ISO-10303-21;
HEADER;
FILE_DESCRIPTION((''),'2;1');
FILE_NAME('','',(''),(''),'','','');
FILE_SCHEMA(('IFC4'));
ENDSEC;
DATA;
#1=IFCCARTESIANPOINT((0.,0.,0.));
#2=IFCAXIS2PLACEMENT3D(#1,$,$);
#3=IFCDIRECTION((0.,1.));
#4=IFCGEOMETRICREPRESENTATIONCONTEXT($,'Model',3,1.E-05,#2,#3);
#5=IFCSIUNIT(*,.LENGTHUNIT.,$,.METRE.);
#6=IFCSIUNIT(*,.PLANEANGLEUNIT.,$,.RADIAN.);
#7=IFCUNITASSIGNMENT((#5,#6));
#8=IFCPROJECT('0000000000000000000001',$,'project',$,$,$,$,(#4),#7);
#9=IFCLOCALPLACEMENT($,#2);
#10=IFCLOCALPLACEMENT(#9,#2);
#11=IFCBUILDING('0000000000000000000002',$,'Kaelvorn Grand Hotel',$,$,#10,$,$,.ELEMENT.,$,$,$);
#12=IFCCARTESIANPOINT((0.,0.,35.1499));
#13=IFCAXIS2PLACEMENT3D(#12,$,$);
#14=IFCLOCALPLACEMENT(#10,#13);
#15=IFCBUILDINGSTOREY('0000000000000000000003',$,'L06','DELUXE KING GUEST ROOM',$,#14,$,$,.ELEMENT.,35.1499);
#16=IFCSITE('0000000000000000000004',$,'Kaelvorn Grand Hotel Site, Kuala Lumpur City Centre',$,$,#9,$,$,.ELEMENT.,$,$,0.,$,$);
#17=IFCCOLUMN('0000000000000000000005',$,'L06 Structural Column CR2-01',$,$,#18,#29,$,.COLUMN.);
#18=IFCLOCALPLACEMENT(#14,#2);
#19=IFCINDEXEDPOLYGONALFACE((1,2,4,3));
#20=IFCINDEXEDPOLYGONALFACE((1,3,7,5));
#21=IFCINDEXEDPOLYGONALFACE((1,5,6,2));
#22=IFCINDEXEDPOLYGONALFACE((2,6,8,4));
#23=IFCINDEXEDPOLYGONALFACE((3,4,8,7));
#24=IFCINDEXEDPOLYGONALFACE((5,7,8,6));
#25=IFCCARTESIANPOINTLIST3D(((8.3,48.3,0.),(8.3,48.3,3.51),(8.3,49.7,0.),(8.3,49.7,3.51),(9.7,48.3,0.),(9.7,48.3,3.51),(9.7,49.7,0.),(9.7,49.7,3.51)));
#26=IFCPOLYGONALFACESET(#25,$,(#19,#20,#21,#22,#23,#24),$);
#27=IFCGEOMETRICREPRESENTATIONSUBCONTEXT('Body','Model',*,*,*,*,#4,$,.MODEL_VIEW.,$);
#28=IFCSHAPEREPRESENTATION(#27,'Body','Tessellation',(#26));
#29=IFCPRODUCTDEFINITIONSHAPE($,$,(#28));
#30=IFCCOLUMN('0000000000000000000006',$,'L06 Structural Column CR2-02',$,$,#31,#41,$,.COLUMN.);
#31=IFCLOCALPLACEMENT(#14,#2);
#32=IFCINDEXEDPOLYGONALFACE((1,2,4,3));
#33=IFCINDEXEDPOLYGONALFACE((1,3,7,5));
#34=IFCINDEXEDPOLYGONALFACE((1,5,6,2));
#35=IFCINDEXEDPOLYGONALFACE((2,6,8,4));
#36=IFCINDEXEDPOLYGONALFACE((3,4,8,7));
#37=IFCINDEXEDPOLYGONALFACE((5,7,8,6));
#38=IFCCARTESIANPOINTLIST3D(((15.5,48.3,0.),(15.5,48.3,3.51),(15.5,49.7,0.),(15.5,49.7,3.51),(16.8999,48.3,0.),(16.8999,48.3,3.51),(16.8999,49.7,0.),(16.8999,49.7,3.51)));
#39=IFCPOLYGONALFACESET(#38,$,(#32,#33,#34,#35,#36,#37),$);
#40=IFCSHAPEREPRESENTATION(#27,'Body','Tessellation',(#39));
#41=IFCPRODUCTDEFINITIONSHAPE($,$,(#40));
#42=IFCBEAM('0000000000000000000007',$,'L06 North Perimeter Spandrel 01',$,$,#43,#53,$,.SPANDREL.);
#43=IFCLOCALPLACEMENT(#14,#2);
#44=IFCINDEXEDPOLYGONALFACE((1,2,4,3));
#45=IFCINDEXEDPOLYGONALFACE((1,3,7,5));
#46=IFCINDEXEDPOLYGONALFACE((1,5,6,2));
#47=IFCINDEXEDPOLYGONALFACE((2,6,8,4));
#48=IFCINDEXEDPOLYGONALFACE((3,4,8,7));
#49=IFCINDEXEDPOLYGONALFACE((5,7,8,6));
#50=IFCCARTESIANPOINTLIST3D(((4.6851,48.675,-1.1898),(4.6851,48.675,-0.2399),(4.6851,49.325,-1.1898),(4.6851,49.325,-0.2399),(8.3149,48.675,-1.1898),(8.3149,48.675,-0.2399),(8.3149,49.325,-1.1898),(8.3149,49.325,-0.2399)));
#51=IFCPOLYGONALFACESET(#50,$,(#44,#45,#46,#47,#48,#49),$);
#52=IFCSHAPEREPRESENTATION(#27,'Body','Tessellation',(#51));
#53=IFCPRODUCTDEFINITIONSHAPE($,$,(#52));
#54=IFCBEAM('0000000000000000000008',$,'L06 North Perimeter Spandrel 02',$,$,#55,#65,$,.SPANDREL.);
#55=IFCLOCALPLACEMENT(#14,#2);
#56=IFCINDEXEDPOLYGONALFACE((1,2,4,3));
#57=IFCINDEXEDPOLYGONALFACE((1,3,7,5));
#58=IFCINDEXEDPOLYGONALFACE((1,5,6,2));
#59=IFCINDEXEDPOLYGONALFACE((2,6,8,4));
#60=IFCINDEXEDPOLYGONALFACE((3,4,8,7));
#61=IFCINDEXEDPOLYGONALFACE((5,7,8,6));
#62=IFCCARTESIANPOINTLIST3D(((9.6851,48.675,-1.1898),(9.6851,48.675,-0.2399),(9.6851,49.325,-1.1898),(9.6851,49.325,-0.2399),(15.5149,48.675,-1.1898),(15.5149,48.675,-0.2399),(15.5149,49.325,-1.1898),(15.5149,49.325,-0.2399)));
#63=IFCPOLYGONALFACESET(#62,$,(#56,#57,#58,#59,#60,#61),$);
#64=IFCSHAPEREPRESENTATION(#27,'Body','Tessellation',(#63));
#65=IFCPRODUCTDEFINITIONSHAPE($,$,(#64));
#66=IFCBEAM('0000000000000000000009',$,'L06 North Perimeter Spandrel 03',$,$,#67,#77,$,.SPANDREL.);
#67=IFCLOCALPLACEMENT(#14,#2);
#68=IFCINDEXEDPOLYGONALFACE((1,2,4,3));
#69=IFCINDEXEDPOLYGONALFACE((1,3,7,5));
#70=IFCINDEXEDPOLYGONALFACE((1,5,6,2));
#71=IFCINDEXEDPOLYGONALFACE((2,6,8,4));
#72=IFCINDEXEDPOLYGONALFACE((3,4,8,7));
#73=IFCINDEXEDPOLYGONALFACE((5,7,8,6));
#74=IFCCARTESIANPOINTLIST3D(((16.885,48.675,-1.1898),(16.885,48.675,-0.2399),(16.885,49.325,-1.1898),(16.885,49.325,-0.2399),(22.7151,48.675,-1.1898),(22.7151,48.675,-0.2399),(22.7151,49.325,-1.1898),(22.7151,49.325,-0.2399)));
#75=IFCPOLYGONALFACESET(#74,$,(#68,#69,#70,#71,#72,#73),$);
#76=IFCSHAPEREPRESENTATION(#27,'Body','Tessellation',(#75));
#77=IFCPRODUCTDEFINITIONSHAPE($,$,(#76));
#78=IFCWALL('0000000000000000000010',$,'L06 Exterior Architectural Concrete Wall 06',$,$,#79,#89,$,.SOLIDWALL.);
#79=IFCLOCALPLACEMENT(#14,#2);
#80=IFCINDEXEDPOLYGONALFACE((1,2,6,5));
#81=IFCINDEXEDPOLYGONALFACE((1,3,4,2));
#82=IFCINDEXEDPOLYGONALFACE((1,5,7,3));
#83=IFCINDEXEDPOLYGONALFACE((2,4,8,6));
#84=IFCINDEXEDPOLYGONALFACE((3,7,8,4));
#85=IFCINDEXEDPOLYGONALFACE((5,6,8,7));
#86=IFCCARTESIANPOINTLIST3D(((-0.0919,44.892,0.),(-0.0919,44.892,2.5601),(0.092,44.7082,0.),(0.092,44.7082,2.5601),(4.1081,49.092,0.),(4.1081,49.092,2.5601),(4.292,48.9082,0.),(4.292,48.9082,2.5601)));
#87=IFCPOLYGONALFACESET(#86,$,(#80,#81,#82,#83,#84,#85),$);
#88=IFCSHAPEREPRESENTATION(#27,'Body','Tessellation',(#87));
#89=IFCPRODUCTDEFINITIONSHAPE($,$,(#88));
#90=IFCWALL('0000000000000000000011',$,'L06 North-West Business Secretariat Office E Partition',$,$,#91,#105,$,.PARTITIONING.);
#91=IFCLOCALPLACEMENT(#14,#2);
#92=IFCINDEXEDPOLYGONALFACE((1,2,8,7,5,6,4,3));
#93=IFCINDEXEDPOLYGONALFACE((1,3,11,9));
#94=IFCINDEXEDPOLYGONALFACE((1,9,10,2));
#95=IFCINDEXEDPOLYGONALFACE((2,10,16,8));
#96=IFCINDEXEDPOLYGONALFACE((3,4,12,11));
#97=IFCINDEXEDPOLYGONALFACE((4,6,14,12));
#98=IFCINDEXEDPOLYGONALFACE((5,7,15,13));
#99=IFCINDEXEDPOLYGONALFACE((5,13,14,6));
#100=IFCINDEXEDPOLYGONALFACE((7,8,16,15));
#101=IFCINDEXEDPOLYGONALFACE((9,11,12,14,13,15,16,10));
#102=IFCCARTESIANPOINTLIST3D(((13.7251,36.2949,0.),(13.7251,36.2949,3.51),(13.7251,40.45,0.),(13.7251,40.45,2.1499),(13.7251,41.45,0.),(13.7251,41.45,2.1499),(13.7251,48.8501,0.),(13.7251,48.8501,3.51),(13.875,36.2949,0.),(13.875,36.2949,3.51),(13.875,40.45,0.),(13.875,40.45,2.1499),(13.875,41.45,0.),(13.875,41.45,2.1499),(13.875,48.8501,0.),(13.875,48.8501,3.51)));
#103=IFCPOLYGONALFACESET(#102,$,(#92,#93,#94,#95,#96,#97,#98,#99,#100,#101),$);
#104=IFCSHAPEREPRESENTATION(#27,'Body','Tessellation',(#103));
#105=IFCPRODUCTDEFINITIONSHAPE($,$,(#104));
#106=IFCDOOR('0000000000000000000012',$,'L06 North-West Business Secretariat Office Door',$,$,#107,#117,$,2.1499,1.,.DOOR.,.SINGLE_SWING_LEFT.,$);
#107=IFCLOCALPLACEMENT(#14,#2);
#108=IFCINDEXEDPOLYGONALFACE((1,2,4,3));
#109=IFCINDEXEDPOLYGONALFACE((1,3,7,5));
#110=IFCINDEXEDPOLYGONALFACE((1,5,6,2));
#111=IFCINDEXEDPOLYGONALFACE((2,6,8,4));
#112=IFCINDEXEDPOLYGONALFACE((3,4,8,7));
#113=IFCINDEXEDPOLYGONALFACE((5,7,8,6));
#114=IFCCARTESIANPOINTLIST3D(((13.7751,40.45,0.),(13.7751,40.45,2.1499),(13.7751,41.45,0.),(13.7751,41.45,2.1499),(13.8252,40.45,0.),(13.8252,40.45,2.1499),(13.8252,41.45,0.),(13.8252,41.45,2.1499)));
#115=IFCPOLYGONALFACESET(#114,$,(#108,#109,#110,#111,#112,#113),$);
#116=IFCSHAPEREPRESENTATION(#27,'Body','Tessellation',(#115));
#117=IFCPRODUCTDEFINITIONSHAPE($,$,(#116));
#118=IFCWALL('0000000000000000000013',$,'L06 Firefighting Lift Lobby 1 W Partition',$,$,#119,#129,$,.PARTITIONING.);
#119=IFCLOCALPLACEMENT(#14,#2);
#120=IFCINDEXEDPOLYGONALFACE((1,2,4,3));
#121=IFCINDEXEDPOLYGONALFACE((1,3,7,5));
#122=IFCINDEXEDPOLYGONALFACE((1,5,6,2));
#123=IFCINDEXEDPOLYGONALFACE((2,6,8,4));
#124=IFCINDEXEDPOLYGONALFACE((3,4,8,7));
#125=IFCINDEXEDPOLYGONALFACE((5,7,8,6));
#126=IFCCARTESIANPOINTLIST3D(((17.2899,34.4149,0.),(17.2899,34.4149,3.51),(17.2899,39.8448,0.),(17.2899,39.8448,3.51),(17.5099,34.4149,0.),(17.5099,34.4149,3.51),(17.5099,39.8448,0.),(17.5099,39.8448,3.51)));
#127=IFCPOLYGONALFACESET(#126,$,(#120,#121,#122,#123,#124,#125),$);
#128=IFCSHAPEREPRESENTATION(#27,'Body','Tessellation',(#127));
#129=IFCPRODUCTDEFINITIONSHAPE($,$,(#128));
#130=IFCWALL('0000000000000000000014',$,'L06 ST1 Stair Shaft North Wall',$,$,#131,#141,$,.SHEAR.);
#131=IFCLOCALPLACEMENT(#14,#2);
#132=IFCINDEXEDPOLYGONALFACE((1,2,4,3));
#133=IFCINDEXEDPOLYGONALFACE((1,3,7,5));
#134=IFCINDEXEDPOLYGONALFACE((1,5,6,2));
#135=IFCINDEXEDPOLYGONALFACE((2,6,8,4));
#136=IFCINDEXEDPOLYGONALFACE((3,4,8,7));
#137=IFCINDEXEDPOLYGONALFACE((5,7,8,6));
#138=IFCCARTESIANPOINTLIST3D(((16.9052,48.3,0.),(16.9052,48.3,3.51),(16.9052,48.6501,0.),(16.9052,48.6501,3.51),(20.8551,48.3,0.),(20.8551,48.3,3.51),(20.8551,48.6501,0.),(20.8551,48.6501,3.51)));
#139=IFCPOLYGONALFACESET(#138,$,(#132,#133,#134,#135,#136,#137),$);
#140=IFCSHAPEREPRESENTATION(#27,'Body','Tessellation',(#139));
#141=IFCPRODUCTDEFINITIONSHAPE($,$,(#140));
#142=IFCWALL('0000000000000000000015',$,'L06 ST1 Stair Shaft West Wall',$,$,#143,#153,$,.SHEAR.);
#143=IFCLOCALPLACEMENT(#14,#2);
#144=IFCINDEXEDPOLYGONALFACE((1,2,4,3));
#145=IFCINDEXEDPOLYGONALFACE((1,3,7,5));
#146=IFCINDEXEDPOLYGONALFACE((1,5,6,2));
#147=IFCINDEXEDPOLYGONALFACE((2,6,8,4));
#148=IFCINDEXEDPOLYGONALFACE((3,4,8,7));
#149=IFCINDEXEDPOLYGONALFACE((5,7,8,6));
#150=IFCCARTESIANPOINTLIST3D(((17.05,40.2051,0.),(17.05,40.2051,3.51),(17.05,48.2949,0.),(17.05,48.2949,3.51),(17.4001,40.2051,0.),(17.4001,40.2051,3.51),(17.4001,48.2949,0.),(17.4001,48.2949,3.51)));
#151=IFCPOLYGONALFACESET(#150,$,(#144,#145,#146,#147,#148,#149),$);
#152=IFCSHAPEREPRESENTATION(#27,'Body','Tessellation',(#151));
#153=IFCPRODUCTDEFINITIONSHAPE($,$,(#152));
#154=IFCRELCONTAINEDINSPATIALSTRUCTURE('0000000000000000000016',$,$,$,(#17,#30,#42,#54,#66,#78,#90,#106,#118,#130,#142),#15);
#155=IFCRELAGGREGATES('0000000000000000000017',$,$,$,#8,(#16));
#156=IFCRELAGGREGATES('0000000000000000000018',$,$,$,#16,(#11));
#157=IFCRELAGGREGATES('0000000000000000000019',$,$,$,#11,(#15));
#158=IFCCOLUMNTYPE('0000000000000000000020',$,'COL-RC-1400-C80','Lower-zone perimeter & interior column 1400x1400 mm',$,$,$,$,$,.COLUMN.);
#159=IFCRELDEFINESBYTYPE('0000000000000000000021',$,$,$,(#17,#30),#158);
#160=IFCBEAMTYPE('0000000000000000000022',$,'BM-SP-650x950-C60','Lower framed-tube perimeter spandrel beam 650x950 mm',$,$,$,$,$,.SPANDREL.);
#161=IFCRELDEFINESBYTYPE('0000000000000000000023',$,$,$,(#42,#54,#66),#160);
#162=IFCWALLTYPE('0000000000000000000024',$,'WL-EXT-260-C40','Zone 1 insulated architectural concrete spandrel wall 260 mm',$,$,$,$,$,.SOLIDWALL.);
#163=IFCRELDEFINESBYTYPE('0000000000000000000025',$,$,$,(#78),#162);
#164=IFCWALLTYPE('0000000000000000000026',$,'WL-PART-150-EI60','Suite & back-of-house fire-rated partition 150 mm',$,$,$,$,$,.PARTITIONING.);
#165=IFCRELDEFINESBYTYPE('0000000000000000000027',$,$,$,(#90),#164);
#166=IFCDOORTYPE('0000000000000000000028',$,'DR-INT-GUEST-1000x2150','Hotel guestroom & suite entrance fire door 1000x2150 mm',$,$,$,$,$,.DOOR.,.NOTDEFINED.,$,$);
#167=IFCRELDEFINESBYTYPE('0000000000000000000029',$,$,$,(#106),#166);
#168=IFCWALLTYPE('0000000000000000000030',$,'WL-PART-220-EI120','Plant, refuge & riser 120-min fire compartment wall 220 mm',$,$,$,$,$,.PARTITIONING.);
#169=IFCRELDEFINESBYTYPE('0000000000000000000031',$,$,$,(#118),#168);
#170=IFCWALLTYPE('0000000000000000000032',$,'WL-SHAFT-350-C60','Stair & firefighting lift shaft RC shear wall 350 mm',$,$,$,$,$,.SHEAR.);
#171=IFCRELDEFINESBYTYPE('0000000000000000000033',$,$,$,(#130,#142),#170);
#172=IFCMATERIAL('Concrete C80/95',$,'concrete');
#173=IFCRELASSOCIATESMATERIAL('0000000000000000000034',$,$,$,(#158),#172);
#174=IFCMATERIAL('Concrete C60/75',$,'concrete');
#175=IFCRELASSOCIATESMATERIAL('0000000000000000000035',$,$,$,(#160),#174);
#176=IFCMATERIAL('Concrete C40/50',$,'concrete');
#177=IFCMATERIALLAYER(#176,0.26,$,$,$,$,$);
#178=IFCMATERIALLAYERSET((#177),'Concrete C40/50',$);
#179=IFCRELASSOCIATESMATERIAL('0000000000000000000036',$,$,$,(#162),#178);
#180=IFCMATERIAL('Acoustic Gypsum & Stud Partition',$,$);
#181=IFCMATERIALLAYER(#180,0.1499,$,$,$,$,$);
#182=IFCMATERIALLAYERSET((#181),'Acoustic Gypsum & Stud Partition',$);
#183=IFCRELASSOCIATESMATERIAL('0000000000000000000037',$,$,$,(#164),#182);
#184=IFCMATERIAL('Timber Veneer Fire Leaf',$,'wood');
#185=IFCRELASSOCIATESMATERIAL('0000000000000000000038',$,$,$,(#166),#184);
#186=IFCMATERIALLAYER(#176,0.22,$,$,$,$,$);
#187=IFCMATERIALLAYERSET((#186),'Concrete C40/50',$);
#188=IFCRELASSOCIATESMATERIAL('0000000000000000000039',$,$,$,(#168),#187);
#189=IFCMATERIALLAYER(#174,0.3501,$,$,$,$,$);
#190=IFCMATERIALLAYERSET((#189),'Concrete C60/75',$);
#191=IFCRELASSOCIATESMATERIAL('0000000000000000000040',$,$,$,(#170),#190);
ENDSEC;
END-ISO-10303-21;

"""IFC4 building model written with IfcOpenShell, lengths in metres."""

from ifc_helpers import new_model, si_unit, direction, frame, frame_2d, origin, origin_2d, place, context, subcontext, project, spatial, rectangle, extrude, material, layer, layer_set, material_profile, profile_set, type_object, element, fill, save


model = new_model("IFC4")

# Units and contexts
model_context = context("Model", 3, precision=1e-05, world=origin(), true_north=direction((0.0, 1.0)))
body_context = subcontext(model_context, "Body", "Model", "MODEL_VIEW")
ifc_project = project(units=[si_unit("LENGTHUNIT", "METRE"), si_unit("PLANEANGLEUNIT", "RADIAN")], contexts=[model_context])

# Site, building, storey
site_placement = place(None, origin())
site = spatial("IfcSite", under=ifc_project, at=site_placement, Name="Kaelvorn Grand Hotel Site, Kuala Lumpur City Centre", CompositionType="ELEMENT", RefElevation=0.0)
building_placement = place(site_placement, origin())
building = spatial("IfcBuilding", under=site, at=building_placement, Name="Kaelvorn Grand Hotel", CompositionType="ELEMENT")
storey_placement = place(building_placement, frame((0.0, 0.0, 35.1499)))
storey = spatial("IfcBuildingStorey", under=building, at=storey_placement, Name="L06", Description="DELUXE KING GUEST ROOM", CompositionType="ELEMENT", Elevation=35.1499)

# Columns
ifc_material_1 = material(Name="Concrete C80/95", Category="concrete")
ifc_material_profile_1 = material_profile(ifc_material_1, rectangle(XDim=1.3999, YDim=1.3999, at=origin_2d()), Name="RC COL 1400x1400")
ifc_profile_set_1 = profile_set([ifc_material_profile_1], Name="Concrete C80/95")
column_type = type_object("IfcColumnType", Name="COL-RC-1400-C80", Description="Lower-zone perimeter & interior column 1400x1400 mm", PredefinedType="COLUMN", material=ifc_profile_set_1)
for number, where, z_axis, x_axis, name in (
    (1, (9.0, 49.0, 0.0), (0.0, 0.0, 1.0), (1.0, 0.0, 0.0), "L06 Structural Column CR2-01"),
    (2, (16.2, 49.0, 0.0), (0.0, 0.0, 1.0), (1.0, 0.0, 0.0), "L06 Structural Column CR2-02"),
):
    element("IfcColumn", number, at=place(storey_placement, frame(where, z_axis=z_axis, x_axis=x_axis)), inside=storey, type_object=column_type, Name=name, PredefinedType="COLUMN", context=body_context, shape_type="SweptSolid", body=[
        extrude(rectangle(XDim=1.3999, YDim=1.3999, at=origin_2d()), origin(), (0.0, 0.0, 1.0), 3.51),
    ])

# Beams
ifc_material_2 = material(Name="Concrete C60/75", Category="concrete")
ifc_material_profile_2 = material_profile(ifc_material_2, rectangle(XDim=0.6499, YDim=0.95, at=origin_2d()), Name="RC SPANDREL 650x950")
ifc_profile_set_2 = profile_set([ifc_material_profile_2], Name="Concrete C60/75")
beam_type = type_object("IfcBeamType", Name="BM-SP-650x950-C60", Description="Lower framed-tube perimeter spandrel beam 650x950 mm", PredefinedType="SPANDREL", material=ifc_profile_set_2)
beam_1_placement = place(storey_placement, frame((4.6851, 49.0, -0.7148), z_axis=(1.0, 0.0, 0.0), x_axis=(0.0, 1.0, 0.0)))
element("IfcBeam", 3, at=beam_1_placement, inside=storey, type_object=beam_type, Name="L06 North Perimeter Spandrel 01", PredefinedType="SPANDREL", context=body_context, shape_type="SweptSolid", body=[
    extrude(rectangle(XDim=0.6499, YDim=0.95, at=origin_2d()), origin(), (0.0, 0.0, 1.0), 3.6299),
])
beam_2_placement = place(storey_placement, frame((9.6851, 49.0, -0.7148), z_axis=(1.0, 0.0, 0.0), x_axis=(0.0, 1.0, 0.0)))
element("IfcBeam", 4, at=beam_2_placement, inside=storey, type_object=beam_type, Name="L06 North Perimeter Spandrel 02", PredefinedType="SPANDREL", context=body_context, shape_type="SweptSolid", body=[
    extrude(rectangle(XDim=0.6499, YDim=0.95, at=origin_2d()), origin(), (0.0, 0.0, 1.0), 5.8298),
])
beam_3_placement = place(storey_placement, frame((16.885, 49.0, -0.7148), z_axis=(1.0, 0.0, 0.0), x_axis=(0.0, 1.0, 0.0)))
element("IfcBeam", 5, at=beam_3_placement, inside=storey, type_object=beam_type, Name="L06 North Perimeter Spandrel 03", PredefinedType="SPANDREL", context=body_context, shape_type="SweptSolid", body=[
    extrude(rectangle(XDim=0.6499, YDim=0.95, at=origin_2d()), origin(), (0.0, 0.0, 1.0), 5.8301),
])

# Wall
ifc_material_3 = material(Name="Concrete C40/50", Category="concrete")
ifc_layer_1 = layer(ifc_material_3, 0.26)
ifc_layer_set_1 = layer_set([ifc_layer_1], Name="Concrete C40/50")
wall_type_1 = type_object("IfcWallType", Name="WL-EXT-260-C40", Description="Zone 1 insulated architectural concrete spandrel wall 260 mm", PredefinedType="SOLIDWALL", material=ifc_layer_set_1)
wall_1_placement = place(storey_placement, frame((4.2, 49.0, 0.0), z_axis=(0.0, 0.0, 1.0), x_axis=(-0.707107, -0.707107, 0.0)))
element("IfcWall", 6, at=wall_1_placement, inside=storey, type_object=wall_type_1, Name="L06 Exterior Architectural Concrete Wall 06", PredefinedType="SOLIDWALL", context=body_context, shape_type="SweptSolid", body=[
    extrude(rectangle(XDim=5.9397, YDim=0.26, at=frame_2d((2.9697, 0.0))), origin(), (0.0, 0.0, 1.0), 2.5601),
])

# Wall, opening, door
ifc_material_4 = material(Name="Acoustic Gypsum & Stud Partition")
ifc_layer_2 = layer(ifc_material_4, 0.1499)
ifc_layer_set_2 = layer_set([ifc_layer_2], Name="Acoustic Gypsum & Stud Partition")
wall_type_2 = type_object("IfcWallType", Name="WL-PART-150-EI60", Description="Suite & back-of-house fire-rated partition 150 mm", PredefinedType="PARTITIONING", material=ifc_layer_set_2)
wall_2_placement = place(storey_placement, frame((13.8, 36.2949, 0.0), z_axis=(0.0, 0.0, 1.0), x_axis=(0.0, 1.0, 0.0)))
wall_2 = element("IfcWall", 7, at=wall_2_placement, inside=storey, type_object=wall_type_2, Name="L06 North-West Business Secretariat Office E Partition", PredefinedType="PARTITIONING", context=body_context, shape_type="SweptSolid", body=[
    extrude(rectangle(XDim=12.5552, YDim=0.1499, at=frame_2d((6.2776, 0.0))), origin(), (0.0, 0.0, 1.0), 3.51),
])
opening_1_placement = place(wall_2_placement, frame((4.155, 0.0, 0.0)))
opening_1 = element("IfcOpeningElement", 8, at=opening_1_placement, cuts=wall_2, PredefinedType="OPENING", context=body_context, shape_type="SweptSolid", body=[
    extrude(rectangle(XDim=1.0, YDim=2.1499, at=frame_2d((0.5, 1.075))), frame((0.0, 0.085, 0.0), z_axis=(0.0, -1.0, 0.0), x_axis=(1.0, 0.0, 0.0)), (0.0, 0.0, 1.0), 0.1699),
])
ifc_material_5 = material(Name="Timber Veneer Fire Leaf", Category="wood")
door_type_1 = type_object("IfcDoorType", Name="DR-INT-GUEST-1000x2150", Description="Hotel guestroom & suite entrance fire door 1000x2150 mm", OperationType="NOTDEFINED", PredefinedType="DOOR", material=ifc_material_5)
door_1_placement = place(opening_1_placement, origin())
door_1 = element("IfcDoor", 9, at=door_1_placement, inside=storey, type_object=door_type_1, Name="L06 North-West Business Secretariat Office Door", OperationType="SINGLE_SWING_LEFT", OverallHeight=2.1499, OverallWidth=1.0, PredefinedType="DOOR", context=body_context, shape_type="SweptSolid", body=[
    extrude(rectangle(XDim=1.0, YDim=2.1499, at=frame_2d((0.5, 1.075))), frame((0.0, 0.0249, 0.0), z_axis=(0.0, -1.0, 0.0), x_axis=(1.0, 0.0, 0.0)), (0.0, 0.0, 1.0), 0.05),
])
fill(opening_1, door_1)

# Wall
ifc_layer_3 = layer(ifc_material_3, 0.22)
ifc_layer_set_3 = layer_set([ifc_layer_3], Name="Concrete C40/50")
wall_type_3 = type_object("IfcWallType", Name="WL-PART-220-EI120", Description="Plant, refuge & riser 120-min fire compartment wall 220 mm", PredefinedType="PARTITIONING", material=ifc_layer_set_3)
wall_3_placement = place(storey_placement, frame((17.3999, 34.415, 0.0), z_axis=(0.0, 0.0, 1.0), x_axis=(0.0, 1.0, 0.0)))
element("IfcWall", 10, at=wall_3_placement, inside=storey, type_object=wall_type_3, Name="L06 Firefighting Lift Lobby 1 W Partition", PredefinedType="PARTITIONING", context=body_context, shape_type="SweptSolid", body=[
    extrude(rectangle(XDim=5.4299, YDim=0.22, at=frame_2d((2.7148, 0.0))), origin(), (0.0, 0.0, 1.0), 3.51),
])

# Shared definitions
ifc_layer_4 = layer(ifc_material_2, 0.3501)
ifc_layer_set_4 = layer_set([ifc_layer_4], Name="Concrete C60/75")
wall_type_4 = type_object("IfcWallType", Name="WL-SHAFT-350-C60", Description="Stair & firefighting lift shaft RC shear wall 350 mm", PredefinedType="SHEAR", material=ifc_layer_set_4)

# Walls
wall_4_placement = place(storey_placement, frame((16.905, 48.4751, 0.0), z_axis=(0.0, 0.0, 1.0), x_axis=(1.0, 0.0, 0.0)))
element("IfcWall", 11, at=wall_4_placement, inside=storey, type_object=wall_type_4, Name="L06 ST1 Stair Shaft North Wall", PredefinedType="SHEAR", context=body_context, shape_type="SweptSolid", body=[
    extrude(rectangle(XDim=3.95, YDim=0.3501, at=frame_2d((1.9751, 0.0))), origin(), (0.0, 0.0, 1.0), 3.51),
])
wall_5_placement = place(storey_placement, frame((17.2251, 40.2051, 0.0), z_axis=(0.0, 0.0, 1.0), x_axis=(0.0, 1.0, 0.0)))
element("IfcWall", 12, at=wall_5_placement, inside=storey, type_object=wall_type_4, Name="L06 ST1 Stair Shaft West Wall", PredefinedType="SHEAR", context=body_context, shape_type="SweptSolid", body=[
    extrude(rectangle(XDim=8.0898, YDim=0.3501, at=frame_2d((4.0449, 0.0))), origin(), (0.0, 0.0, 1.0), 3.51),
])

save(model, "model.ifc")
